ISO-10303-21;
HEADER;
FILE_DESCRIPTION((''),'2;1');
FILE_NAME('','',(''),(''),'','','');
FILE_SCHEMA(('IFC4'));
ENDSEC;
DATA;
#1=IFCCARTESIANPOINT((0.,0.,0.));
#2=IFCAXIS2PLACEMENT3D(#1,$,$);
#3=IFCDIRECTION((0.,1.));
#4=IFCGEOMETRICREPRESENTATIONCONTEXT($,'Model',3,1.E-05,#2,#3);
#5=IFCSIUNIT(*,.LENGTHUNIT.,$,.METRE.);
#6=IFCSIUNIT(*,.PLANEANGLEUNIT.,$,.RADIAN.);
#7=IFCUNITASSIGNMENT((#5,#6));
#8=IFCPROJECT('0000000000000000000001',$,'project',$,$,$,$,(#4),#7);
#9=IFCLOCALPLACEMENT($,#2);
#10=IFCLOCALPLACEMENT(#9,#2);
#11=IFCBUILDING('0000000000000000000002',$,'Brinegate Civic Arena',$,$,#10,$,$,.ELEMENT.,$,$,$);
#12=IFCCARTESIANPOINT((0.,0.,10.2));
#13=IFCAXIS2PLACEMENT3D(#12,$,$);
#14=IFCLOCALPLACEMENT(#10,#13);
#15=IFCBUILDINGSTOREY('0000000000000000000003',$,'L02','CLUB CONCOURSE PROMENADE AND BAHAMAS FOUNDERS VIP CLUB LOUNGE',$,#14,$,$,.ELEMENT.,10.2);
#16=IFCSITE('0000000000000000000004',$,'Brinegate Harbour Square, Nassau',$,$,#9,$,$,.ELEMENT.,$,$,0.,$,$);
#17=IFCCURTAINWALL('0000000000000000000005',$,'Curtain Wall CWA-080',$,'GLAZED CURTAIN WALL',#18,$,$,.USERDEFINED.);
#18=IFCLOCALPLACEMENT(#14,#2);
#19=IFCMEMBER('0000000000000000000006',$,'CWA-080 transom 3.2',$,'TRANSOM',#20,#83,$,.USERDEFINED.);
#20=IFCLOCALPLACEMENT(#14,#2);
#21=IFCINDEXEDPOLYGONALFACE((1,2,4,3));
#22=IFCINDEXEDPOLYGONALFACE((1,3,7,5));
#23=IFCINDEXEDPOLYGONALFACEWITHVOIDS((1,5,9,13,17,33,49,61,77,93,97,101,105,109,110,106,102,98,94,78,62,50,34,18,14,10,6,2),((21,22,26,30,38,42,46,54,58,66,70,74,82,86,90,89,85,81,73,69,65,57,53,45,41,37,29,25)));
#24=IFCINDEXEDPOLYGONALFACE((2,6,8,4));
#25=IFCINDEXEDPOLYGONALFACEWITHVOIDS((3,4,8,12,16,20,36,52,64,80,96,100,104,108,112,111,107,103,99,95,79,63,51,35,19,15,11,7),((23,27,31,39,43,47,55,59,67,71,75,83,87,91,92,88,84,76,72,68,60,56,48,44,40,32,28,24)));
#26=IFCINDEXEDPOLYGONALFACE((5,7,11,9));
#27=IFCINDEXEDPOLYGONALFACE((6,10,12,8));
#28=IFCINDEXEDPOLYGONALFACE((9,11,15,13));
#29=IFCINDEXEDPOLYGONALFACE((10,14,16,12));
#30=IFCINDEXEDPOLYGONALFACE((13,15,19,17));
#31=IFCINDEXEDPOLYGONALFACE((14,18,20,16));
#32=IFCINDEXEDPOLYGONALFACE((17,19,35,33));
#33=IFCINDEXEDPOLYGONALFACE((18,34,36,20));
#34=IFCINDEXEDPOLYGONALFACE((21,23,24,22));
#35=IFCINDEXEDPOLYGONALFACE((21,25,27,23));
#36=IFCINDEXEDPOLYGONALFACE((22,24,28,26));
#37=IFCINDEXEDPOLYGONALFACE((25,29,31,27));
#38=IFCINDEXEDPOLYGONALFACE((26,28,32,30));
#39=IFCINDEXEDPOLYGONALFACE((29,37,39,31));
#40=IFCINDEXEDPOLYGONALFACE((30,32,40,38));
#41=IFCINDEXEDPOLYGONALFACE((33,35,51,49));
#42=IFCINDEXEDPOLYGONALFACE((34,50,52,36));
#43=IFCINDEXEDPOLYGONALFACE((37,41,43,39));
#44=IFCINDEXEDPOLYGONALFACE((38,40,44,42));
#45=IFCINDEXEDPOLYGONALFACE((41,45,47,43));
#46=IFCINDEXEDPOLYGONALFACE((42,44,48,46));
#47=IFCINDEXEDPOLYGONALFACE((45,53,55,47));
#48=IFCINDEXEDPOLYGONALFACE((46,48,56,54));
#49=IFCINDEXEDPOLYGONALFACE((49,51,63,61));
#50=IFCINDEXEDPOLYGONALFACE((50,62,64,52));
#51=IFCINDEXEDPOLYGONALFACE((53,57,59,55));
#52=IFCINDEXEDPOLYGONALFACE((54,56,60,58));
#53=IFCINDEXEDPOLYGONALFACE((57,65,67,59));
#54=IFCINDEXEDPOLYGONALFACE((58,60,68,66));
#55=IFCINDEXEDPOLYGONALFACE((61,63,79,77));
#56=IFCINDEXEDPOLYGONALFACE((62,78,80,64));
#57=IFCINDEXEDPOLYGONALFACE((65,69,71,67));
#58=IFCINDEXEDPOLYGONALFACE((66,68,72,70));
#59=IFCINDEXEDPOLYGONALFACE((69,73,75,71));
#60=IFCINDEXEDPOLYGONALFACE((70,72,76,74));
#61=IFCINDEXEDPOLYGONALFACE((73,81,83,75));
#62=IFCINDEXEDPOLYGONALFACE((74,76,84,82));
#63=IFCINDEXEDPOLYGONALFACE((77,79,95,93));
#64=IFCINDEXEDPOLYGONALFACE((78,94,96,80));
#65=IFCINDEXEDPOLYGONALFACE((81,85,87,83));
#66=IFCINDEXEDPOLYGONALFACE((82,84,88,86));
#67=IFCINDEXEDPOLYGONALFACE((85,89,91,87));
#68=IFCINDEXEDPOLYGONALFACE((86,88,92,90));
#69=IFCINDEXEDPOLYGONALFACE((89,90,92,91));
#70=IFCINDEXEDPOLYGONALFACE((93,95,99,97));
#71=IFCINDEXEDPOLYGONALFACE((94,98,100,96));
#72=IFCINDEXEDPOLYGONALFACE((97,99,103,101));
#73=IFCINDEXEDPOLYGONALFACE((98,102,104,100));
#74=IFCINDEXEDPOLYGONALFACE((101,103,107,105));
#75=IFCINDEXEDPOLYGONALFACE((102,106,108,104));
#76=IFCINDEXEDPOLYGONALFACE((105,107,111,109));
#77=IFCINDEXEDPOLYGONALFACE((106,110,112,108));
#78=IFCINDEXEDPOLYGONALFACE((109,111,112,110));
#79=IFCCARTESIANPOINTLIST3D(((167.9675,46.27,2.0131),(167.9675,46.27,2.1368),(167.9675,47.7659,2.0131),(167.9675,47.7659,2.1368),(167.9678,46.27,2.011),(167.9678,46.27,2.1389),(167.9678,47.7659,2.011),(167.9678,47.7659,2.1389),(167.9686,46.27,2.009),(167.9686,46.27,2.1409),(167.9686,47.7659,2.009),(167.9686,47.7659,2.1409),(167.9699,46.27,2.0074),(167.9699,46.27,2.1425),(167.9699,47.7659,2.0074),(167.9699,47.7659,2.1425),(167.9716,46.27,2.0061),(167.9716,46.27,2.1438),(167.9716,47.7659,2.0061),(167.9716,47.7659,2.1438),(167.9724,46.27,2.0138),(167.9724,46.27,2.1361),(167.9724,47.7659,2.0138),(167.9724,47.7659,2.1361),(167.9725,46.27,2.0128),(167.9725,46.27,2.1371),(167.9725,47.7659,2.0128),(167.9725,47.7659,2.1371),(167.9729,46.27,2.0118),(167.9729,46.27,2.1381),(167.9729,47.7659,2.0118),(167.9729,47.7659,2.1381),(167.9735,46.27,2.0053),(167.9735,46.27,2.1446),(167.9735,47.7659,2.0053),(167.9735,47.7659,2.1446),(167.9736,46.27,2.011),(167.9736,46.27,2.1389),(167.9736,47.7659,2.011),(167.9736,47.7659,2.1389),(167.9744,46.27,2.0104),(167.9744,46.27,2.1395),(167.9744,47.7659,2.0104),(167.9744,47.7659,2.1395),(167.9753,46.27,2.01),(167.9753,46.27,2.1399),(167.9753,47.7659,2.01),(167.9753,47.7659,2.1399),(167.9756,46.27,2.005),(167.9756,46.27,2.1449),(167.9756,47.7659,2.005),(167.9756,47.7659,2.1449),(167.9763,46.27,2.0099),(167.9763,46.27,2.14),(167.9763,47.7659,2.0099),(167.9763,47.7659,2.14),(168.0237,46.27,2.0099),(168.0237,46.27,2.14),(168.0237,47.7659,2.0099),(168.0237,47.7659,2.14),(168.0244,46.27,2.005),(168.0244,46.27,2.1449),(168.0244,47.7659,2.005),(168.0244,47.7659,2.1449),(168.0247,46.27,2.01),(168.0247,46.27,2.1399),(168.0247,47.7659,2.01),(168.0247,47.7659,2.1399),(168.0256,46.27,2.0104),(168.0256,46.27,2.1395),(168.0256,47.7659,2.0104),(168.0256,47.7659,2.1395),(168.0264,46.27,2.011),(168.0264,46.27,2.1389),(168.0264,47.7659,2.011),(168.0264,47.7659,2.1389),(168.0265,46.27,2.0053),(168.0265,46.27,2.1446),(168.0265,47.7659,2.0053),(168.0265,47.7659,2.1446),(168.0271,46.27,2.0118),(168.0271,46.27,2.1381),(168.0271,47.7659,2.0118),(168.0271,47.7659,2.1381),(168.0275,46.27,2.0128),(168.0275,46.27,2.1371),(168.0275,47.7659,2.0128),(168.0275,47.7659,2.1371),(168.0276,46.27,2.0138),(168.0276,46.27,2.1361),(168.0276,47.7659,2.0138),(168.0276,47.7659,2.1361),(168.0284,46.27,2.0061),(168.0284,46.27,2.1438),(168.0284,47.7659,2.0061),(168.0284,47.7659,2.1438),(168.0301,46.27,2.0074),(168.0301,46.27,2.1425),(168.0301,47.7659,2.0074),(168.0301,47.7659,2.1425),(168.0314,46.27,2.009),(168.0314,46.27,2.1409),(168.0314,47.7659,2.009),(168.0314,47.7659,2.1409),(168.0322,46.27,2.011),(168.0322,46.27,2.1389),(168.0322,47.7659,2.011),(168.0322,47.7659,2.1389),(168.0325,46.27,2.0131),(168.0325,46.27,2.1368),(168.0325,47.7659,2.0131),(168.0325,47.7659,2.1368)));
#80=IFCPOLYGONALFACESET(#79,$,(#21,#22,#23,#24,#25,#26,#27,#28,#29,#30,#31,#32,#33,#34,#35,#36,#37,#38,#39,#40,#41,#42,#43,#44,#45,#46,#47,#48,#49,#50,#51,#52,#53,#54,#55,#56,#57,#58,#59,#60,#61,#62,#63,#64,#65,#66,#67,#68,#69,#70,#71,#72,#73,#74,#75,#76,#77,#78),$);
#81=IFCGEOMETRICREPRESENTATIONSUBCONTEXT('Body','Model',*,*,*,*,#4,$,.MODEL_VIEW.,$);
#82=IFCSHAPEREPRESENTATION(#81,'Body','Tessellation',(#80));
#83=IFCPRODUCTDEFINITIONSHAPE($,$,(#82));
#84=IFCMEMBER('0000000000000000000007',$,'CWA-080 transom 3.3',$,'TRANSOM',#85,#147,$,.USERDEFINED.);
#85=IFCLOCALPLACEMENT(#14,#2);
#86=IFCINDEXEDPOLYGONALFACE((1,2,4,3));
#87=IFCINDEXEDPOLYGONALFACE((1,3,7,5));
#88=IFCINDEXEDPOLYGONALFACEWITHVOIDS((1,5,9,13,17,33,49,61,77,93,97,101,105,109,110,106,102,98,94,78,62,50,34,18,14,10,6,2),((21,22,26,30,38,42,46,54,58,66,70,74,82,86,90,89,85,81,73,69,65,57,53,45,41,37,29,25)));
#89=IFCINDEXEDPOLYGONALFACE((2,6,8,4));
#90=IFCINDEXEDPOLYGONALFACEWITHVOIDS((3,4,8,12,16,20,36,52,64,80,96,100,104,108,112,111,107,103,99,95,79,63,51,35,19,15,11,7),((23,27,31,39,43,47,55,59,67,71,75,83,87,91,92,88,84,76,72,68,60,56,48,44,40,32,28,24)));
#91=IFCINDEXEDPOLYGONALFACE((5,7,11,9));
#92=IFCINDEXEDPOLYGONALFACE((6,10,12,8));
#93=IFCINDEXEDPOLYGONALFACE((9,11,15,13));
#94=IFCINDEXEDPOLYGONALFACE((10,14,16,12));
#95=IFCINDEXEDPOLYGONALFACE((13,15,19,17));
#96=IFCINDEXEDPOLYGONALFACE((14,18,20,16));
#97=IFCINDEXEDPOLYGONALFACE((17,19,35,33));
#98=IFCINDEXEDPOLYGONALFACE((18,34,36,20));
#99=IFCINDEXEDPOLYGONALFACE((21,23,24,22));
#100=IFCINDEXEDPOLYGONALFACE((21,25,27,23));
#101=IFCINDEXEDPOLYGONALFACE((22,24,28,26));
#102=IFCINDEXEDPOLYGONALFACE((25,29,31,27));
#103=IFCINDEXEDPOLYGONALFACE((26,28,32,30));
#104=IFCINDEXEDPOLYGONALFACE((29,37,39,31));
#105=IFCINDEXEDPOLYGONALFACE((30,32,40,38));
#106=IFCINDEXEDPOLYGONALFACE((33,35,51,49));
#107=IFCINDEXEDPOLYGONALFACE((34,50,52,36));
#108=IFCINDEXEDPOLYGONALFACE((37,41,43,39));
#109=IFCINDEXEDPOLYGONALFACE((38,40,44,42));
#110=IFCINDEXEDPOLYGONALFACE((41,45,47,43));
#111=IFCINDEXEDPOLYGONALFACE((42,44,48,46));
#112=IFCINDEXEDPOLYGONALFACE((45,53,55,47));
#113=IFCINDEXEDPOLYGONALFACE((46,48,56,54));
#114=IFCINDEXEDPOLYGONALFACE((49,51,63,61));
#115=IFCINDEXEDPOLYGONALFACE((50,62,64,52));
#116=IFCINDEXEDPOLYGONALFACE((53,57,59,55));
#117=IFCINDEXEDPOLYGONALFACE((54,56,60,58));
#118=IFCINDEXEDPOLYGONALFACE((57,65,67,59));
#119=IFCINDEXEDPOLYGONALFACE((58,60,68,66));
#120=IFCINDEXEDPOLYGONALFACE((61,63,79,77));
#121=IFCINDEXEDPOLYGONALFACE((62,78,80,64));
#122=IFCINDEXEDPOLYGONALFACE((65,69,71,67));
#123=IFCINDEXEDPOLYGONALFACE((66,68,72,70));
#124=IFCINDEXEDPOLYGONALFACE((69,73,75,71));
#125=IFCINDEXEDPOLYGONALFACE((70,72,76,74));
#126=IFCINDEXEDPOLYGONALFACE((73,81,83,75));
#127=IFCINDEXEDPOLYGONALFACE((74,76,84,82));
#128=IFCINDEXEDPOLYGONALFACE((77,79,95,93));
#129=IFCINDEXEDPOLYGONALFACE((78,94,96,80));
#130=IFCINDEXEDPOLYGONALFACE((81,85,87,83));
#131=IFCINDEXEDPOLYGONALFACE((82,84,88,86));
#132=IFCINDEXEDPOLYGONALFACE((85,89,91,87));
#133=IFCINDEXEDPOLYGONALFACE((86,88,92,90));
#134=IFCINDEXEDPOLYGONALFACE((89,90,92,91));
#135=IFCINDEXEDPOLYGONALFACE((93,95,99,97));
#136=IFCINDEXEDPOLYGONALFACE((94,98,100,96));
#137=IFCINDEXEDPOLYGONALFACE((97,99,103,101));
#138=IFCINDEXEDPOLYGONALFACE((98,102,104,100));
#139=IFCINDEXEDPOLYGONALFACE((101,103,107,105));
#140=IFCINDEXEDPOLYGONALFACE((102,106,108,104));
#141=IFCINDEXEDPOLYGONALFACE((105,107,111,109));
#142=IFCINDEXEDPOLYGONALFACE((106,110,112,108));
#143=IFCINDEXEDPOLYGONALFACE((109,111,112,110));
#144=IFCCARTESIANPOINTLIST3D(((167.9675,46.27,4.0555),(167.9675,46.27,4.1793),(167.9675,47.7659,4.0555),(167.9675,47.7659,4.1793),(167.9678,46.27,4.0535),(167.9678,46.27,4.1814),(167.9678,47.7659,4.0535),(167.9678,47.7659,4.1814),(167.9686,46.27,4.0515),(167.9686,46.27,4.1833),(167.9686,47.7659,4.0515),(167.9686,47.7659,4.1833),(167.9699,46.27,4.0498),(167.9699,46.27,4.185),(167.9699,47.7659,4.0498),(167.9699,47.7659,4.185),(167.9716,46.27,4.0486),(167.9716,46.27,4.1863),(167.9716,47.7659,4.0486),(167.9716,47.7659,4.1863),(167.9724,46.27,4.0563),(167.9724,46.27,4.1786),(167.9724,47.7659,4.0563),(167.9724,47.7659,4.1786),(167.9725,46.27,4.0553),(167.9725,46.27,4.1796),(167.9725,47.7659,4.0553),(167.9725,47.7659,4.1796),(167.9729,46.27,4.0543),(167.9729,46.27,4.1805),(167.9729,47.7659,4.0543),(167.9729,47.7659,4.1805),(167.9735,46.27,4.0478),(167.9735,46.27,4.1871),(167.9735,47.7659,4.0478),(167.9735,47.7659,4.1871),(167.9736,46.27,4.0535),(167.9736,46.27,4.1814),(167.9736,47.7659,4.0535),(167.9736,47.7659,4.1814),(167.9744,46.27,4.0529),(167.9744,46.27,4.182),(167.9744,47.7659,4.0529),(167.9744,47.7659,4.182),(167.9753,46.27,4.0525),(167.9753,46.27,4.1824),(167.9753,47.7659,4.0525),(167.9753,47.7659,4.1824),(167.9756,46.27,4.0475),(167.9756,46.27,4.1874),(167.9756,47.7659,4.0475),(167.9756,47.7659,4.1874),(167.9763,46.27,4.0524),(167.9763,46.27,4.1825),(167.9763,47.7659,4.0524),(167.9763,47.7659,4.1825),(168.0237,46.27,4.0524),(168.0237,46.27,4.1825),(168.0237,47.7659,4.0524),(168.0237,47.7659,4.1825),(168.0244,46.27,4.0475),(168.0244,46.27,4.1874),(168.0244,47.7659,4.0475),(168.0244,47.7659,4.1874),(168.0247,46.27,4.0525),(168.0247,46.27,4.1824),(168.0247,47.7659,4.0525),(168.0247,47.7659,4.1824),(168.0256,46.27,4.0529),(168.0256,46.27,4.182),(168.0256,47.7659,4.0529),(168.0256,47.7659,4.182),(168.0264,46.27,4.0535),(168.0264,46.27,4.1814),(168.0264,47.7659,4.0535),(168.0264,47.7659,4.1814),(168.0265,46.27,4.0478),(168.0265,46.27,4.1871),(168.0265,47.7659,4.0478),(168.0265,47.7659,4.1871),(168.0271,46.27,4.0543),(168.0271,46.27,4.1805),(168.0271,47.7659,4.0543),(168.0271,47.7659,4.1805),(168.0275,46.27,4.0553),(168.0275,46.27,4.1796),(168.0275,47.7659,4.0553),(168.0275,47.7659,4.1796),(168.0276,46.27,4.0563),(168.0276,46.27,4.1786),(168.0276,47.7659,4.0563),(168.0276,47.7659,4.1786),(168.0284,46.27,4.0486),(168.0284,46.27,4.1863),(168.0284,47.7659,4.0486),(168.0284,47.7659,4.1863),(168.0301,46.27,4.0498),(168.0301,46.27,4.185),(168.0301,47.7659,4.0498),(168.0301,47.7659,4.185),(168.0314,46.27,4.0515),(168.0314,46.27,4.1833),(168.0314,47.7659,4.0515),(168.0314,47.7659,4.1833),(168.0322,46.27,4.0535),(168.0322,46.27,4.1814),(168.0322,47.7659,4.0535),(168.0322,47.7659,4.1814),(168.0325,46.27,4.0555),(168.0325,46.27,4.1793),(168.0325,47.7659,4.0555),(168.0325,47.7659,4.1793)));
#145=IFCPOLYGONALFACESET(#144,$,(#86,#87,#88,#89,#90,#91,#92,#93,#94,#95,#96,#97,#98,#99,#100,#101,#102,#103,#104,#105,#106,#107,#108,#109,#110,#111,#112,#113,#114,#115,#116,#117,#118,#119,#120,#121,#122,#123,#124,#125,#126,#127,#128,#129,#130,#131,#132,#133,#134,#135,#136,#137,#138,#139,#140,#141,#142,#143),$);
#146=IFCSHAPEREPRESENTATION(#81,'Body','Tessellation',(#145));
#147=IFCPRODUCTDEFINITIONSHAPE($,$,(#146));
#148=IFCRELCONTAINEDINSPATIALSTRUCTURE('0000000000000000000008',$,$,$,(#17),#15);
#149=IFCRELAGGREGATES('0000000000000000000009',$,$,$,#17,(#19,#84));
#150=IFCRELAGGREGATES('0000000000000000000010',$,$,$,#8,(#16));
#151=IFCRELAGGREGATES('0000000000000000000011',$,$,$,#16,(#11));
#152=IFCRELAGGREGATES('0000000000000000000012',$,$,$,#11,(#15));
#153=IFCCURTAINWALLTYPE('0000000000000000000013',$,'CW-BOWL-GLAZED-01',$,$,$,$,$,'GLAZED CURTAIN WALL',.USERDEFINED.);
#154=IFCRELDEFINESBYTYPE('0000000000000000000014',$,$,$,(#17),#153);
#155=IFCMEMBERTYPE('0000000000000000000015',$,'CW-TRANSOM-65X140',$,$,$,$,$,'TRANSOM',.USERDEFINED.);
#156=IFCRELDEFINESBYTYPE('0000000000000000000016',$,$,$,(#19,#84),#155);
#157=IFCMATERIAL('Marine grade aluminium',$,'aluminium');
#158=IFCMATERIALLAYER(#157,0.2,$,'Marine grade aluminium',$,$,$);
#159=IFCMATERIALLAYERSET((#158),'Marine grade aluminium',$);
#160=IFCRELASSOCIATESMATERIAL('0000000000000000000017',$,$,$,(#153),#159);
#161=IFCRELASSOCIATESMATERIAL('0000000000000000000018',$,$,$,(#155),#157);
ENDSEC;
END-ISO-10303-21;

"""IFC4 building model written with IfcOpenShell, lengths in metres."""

from ifc_helpers import new_model, si_unit, direction, frame, origin, origin_2d, place, context, subcontext, project, spatial, hollow_rectangle, extrude, material, layer, layer_set, material_profile, profile_set, type_object, element, aggregate, save


model = new_model("IFC4")

# Units and contexts
model_context = context("Model", 3, precision=1e-05, world=origin(), true_north=direction((0.0, 1.0)))
body_context = subcontext(model_context, "Body", "Model", "MODEL_VIEW")
ifc_project = project(units=[si_unit("LENGTHUNIT", "METRE"), si_unit("PLANEANGLEUNIT", "RADIAN")], contexts=[model_context])

# Site, building, storey
site_placement = place(None, origin())
site = spatial("IfcSite", under=ifc_project, at=site_placement, Name="Brinegate Harbour Square, Nassau", CompositionType="ELEMENT", RefElevation=0.0)
building_placement = place(site_placement, origin())
building = spatial("IfcBuilding", under=site, at=building_placement, Name="Brinegate Civic Arena", CompositionType="ELEMENT")
storey_placement = place(building_placement, frame((0.0, 0.0, 10.2)))
storey = spatial("IfcBuildingStorey", under=building, at=storey_placement, Name="L02", Description="CLUB CONCOURSE PROMENADE AND BAHAMAS FOUNDERS VIP CLUB LOUNGE", CompositionType="ELEMENT", Elevation=10.2)

# Curtain wall, members
ifc_material_1 = material(Name="Marine grade aluminium", Category="aluminium")
ifc_layer_1 = layer(ifc_material_1, 0.2, Name="Marine grade aluminium")
ifc_layer_set_1 = layer_set([ifc_layer_1], Name="Marine grade aluminium")
curtain_wall_type = type_object("IfcCurtainWallType", Name="CW-BOWL-GLAZED-01", ElementType="GLAZED CURTAIN WALL", PredefinedType="USERDEFINED", material=ifc_layer_set_1)
curtain_wall_placement = place(storey_placement, origin())
curtain_wall = element("IfcCurtainWall", 1, at=curtain_wall_placement, inside=storey, type_object=curtain_wall_type, Name="Curtain Wall CWA-080", ObjectType="GLAZED CURTAIN WALL", PredefinedType="USERDEFINED")
ifc_material_profile_1 = material_profile(ifc_material_1, hollow_rectangle(XDim=0.0649, YDim=0.1399, WallThickness=0.0049, InnerFilletRadius=0.0039, OuterFilletRadius=0.0081, at=origin_2d()), Name="TRN65X140")
ifc_profile_set_1 = profile_set([ifc_material_profile_1], Name="Marine grade aluminium")
member_type_1 = type_object("IfcMemberType", Name="CW-TRANSOM-65X140", ElementType="TRANSOM", PredefinedType="USERDEFINED", material=ifc_profile_set_1)
member_1_placement = place(storey_placement, frame((168.0, 46.27, 2.075), z_axis=(0.0, 1.0, 0.0), x_axis=(-1.0, 0.0, 0.0)))
member_1 = element("IfcMember", 2, at=member_1_placement, type_object=member_type_1, Name="CWA-080 transom 3.2", ObjectType="TRANSOM", PredefinedType="USERDEFINED", context=body_context, shape_type="SweptSolid", body=[
    extrude(hollow_rectangle(XDim=0.0649, YDim=0.1399, WallThickness=0.0049, InnerFilletRadius=0.0039, OuterFilletRadius=0.0081, at=origin_2d()), origin(), (0.0, 0.0, 1.0), 1.4958),
])
member_2_placement = place(storey_placement, frame((168.0, 46.27, 4.1174), z_axis=(0.0, 1.0, 0.0), x_axis=(-1.0, 0.0, 0.0)))
member_2 = element("IfcMember", 3, at=member_2_placement, type_object=member_type_1, Name="CWA-080 transom 3.3", ObjectType="TRANSOM", PredefinedType="USERDEFINED", context=body_context, shape_type="SweptSolid", body=[
    extrude(hollow_rectangle(XDim=0.0649, YDim=0.1399, WallThickness=0.0049, InnerFilletRadius=0.0039, OuterFilletRadius=0.0081, at=origin_2d()), origin(), (0.0, 0.0, 1.0), 1.4958),
])

aggregate(curtain_wall, [member_1, member_2])

save(model, "model.ifc")
